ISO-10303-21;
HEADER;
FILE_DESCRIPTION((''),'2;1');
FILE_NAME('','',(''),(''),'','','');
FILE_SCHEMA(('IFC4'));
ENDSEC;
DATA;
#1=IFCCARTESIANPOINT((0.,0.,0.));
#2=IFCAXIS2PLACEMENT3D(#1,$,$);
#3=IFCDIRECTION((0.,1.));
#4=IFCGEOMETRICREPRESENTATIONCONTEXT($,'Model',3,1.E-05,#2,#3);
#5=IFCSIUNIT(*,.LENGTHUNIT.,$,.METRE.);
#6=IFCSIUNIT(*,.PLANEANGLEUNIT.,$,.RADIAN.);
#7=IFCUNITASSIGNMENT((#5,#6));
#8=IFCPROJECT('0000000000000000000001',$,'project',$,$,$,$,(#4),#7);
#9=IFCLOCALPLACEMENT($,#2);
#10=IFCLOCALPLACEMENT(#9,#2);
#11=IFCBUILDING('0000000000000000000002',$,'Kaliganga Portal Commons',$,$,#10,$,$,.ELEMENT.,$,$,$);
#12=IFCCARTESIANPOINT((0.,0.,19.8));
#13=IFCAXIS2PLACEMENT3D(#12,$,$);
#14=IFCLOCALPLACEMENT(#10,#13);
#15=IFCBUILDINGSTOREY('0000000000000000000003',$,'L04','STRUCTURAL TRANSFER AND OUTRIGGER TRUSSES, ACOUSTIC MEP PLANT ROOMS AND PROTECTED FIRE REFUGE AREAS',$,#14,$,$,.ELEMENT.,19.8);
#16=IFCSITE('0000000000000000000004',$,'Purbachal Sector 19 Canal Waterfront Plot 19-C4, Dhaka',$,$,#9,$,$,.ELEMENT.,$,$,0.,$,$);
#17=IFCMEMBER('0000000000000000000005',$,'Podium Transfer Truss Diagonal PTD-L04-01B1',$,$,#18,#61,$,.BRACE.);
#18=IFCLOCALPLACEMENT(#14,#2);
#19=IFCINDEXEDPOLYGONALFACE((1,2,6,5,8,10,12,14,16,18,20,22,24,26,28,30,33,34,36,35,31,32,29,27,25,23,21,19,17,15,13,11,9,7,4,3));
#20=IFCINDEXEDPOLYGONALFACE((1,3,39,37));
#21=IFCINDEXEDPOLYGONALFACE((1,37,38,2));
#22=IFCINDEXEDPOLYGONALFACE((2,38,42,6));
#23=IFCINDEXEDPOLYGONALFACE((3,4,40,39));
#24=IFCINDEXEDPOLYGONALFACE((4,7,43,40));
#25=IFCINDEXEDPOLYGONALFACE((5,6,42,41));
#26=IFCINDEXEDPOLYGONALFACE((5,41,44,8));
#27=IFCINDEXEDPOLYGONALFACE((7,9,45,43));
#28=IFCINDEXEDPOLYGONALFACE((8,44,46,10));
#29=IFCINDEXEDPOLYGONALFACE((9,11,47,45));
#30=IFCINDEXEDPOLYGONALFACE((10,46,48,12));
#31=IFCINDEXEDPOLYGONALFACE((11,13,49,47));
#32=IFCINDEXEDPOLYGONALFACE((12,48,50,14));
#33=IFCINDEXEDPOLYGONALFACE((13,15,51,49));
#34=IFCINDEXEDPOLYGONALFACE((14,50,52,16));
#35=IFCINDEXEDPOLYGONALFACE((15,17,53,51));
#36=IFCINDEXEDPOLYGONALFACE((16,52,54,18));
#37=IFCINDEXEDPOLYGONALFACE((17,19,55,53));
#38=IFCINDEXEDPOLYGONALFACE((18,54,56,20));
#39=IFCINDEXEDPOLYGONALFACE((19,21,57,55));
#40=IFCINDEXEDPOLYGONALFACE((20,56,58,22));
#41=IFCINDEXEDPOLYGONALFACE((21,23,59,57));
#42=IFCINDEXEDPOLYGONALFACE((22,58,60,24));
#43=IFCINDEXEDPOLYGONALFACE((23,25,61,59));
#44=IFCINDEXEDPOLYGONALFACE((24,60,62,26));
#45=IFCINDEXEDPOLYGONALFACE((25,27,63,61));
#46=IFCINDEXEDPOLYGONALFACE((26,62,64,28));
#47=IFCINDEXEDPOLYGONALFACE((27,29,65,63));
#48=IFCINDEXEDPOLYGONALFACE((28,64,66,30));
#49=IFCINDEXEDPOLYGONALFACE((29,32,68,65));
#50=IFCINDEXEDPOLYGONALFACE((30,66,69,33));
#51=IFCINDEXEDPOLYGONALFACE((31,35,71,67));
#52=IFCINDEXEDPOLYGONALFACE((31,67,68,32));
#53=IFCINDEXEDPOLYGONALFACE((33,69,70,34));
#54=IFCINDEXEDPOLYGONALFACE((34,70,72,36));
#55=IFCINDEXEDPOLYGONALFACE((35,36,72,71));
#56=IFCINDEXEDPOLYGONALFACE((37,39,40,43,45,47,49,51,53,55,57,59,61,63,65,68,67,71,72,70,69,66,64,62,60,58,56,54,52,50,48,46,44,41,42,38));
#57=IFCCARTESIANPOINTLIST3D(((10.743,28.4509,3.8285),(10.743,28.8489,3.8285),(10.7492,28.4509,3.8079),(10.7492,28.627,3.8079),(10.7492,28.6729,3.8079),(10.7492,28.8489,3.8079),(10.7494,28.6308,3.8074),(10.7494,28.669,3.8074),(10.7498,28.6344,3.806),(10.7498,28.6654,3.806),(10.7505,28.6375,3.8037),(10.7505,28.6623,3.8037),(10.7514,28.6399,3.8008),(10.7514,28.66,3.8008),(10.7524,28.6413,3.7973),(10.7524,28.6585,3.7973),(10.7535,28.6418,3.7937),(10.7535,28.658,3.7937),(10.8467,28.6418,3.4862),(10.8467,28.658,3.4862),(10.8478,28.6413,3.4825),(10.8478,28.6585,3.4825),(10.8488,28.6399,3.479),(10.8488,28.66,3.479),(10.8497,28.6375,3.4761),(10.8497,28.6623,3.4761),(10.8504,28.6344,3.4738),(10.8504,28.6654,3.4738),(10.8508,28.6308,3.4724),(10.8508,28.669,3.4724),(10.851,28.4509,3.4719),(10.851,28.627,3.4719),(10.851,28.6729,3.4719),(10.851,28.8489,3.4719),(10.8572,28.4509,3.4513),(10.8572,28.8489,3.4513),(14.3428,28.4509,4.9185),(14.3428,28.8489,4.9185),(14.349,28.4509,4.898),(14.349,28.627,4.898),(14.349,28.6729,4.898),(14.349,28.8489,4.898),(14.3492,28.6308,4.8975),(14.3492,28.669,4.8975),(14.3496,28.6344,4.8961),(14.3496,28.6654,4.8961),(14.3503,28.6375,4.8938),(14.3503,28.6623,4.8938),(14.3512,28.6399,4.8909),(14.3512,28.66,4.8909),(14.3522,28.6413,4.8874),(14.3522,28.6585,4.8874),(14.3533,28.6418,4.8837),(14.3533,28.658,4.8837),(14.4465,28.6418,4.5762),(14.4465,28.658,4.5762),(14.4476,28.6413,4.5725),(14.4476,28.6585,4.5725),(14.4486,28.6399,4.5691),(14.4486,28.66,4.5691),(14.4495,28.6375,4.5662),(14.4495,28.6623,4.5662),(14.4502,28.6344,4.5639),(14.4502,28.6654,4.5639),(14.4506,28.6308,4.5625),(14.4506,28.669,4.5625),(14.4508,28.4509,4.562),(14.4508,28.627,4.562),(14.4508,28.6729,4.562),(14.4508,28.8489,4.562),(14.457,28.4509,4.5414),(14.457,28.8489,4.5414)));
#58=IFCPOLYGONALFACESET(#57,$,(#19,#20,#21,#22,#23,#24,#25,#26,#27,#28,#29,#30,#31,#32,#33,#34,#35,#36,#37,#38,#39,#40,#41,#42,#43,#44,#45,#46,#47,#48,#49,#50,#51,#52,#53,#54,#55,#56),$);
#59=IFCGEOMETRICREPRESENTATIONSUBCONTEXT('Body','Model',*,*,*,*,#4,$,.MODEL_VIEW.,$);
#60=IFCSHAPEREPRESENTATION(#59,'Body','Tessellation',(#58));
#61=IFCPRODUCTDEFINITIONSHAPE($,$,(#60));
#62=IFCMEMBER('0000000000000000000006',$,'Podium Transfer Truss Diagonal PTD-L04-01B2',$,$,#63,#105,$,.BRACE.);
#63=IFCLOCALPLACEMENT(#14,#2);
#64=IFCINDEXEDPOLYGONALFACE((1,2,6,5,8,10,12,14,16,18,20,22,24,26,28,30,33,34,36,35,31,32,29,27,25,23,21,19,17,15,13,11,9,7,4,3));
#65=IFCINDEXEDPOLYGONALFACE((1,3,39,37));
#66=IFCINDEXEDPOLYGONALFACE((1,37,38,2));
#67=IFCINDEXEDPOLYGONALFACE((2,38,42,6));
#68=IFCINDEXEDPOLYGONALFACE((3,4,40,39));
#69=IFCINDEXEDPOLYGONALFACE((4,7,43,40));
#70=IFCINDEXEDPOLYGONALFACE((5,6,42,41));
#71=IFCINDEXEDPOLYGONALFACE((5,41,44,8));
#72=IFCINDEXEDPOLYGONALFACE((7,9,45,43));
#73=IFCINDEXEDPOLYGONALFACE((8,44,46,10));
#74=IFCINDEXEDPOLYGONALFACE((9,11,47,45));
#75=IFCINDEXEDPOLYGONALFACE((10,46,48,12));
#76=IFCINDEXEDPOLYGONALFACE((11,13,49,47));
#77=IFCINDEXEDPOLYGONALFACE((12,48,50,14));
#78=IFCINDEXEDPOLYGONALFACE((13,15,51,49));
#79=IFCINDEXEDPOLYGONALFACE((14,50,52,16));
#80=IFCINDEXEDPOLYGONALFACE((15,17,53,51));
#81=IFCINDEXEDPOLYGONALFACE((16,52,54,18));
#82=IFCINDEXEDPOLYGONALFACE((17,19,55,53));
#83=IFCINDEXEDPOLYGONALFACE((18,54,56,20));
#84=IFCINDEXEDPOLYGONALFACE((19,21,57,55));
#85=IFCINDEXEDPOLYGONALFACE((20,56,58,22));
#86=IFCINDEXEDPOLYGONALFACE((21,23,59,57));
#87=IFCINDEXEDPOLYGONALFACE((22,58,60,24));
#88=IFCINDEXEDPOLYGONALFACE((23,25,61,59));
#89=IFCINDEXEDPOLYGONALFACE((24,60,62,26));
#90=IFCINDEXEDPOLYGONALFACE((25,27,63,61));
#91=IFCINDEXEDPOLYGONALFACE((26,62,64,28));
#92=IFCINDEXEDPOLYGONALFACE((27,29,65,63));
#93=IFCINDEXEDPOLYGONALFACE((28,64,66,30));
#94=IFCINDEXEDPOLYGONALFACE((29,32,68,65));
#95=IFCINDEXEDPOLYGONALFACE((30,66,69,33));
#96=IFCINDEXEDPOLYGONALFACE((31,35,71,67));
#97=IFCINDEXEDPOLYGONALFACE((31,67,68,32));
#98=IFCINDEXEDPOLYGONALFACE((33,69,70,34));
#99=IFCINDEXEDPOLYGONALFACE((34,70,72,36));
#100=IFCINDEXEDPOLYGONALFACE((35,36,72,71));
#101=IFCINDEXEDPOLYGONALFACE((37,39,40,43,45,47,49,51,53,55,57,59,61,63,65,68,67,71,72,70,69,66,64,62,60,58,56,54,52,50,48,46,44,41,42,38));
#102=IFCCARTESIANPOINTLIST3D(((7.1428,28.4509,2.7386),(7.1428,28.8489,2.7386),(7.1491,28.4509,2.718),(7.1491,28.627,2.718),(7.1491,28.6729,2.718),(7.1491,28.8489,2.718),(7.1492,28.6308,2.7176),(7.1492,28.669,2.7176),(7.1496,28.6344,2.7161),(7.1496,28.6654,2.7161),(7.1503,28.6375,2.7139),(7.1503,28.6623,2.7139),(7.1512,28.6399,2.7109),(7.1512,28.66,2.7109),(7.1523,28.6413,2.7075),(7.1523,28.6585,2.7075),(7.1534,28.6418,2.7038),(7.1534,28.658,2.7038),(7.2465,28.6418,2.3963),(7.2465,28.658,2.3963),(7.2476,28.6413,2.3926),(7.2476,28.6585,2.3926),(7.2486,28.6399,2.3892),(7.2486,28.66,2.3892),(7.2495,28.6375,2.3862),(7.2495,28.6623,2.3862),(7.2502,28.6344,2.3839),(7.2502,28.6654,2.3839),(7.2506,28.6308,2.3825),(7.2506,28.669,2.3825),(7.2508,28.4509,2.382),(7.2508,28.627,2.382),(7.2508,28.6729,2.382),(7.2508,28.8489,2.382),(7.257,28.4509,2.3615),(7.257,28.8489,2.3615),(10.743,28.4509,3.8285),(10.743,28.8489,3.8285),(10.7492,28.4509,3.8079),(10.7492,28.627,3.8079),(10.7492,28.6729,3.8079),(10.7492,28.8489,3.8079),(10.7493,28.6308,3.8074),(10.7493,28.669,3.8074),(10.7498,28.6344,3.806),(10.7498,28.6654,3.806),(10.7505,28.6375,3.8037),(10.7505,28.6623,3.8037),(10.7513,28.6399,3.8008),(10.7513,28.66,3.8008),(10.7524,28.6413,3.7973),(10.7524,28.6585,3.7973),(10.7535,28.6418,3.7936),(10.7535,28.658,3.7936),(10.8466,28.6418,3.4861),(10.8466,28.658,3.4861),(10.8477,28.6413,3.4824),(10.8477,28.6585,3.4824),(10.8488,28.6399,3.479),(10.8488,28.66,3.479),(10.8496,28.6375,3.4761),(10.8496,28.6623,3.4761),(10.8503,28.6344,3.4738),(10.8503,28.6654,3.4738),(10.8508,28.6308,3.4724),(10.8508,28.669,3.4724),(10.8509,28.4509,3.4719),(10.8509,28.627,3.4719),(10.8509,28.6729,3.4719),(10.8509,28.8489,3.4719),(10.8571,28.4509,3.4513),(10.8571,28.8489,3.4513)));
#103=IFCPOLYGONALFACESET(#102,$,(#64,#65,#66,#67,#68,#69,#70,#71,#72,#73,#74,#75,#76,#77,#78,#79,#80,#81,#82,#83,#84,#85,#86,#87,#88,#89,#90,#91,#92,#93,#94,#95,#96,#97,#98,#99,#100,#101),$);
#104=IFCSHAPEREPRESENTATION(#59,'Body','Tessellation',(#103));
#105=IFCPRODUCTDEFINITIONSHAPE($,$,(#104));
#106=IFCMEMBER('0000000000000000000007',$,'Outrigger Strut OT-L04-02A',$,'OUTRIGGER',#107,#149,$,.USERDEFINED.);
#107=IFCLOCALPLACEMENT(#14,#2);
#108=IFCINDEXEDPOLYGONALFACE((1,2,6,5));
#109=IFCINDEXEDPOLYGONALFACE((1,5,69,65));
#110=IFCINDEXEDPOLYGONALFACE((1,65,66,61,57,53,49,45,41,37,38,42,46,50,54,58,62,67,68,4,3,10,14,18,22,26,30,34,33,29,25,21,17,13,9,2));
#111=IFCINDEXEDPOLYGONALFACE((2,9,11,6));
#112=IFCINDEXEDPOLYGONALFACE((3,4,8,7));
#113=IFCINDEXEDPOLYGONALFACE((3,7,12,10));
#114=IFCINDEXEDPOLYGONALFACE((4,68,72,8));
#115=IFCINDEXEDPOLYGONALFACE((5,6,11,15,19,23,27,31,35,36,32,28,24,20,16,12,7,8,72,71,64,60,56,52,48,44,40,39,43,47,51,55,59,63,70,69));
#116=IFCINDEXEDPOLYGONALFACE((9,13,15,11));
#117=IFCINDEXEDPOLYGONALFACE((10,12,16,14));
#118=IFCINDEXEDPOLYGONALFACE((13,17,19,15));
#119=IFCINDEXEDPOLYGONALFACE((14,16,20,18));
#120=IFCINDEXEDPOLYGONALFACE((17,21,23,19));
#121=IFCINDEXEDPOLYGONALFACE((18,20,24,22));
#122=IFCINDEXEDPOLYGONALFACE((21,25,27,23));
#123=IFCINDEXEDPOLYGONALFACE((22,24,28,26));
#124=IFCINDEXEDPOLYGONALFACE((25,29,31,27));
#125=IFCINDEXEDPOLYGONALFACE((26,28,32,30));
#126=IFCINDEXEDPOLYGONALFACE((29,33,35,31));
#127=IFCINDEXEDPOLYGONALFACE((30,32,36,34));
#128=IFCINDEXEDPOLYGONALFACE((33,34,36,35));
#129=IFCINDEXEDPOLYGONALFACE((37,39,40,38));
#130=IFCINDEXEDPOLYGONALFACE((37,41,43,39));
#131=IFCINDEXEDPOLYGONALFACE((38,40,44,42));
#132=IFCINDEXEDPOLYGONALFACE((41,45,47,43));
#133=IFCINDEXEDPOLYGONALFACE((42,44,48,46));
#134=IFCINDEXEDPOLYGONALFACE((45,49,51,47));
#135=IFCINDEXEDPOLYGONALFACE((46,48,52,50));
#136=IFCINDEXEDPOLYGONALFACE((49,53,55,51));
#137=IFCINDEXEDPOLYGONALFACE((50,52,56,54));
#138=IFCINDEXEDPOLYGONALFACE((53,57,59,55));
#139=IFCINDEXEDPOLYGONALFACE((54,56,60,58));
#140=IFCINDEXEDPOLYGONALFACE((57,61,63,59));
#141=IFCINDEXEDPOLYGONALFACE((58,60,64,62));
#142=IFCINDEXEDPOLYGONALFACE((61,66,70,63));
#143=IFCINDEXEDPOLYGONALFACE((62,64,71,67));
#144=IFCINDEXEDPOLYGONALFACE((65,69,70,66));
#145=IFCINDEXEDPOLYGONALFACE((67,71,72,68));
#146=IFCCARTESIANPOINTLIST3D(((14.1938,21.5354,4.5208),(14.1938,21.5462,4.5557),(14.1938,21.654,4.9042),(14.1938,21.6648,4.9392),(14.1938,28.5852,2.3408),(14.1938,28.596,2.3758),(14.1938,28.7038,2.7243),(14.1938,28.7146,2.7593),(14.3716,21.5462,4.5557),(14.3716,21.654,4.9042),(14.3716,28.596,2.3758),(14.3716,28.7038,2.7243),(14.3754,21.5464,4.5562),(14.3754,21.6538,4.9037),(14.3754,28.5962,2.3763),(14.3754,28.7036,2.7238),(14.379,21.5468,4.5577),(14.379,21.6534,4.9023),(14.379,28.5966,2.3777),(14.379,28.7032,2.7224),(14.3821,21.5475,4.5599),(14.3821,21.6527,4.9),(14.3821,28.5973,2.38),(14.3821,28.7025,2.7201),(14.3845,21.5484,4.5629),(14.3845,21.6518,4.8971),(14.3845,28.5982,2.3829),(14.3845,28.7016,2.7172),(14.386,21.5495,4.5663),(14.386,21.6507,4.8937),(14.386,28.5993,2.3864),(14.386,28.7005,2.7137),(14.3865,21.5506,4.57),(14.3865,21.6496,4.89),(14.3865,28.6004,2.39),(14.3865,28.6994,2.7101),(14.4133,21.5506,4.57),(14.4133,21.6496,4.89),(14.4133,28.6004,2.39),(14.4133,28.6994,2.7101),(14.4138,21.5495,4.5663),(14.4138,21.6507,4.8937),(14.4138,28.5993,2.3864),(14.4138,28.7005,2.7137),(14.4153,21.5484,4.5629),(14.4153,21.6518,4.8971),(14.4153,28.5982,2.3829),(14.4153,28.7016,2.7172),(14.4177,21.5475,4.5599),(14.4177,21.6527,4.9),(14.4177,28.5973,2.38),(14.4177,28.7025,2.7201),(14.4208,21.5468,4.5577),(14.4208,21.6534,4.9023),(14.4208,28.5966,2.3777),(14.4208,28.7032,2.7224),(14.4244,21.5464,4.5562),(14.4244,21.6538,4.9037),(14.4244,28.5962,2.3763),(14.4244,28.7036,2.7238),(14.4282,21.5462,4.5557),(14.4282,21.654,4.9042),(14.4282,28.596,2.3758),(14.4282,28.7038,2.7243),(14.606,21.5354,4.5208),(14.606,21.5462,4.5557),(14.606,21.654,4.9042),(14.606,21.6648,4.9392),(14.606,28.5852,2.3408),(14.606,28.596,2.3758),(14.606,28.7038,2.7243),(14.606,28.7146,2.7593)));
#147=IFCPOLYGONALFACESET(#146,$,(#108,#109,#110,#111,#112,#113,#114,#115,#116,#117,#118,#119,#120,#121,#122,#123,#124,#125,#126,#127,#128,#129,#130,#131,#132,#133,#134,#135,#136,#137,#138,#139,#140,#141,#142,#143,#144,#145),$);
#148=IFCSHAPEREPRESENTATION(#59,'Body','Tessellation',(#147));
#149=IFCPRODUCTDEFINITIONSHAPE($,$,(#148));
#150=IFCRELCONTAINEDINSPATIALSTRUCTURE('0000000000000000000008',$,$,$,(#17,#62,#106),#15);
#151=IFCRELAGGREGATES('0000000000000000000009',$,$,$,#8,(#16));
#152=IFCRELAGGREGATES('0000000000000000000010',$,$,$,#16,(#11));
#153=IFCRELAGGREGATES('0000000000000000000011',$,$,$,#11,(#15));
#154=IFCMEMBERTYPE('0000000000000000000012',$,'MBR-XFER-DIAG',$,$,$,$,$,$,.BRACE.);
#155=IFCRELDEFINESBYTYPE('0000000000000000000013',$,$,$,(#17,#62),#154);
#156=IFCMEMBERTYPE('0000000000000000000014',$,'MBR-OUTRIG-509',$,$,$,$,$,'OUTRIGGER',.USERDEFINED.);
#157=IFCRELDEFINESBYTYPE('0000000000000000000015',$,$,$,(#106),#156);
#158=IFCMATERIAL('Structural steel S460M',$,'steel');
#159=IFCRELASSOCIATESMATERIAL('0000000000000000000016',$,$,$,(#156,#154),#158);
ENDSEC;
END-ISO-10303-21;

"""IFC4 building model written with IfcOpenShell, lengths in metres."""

from ifc_helpers import new_model, si_unit, direction, frame, origin, origin_2d, place, context, subcontext, project, spatial, i_section, extrude, source, transform, mapped, material, material_profile, profile_set, type_object, element, save


model = new_model("IFC4")

# Units and contexts
model_context = context("Model", 3, precision=1e-05, world=origin(), true_north=direction((0.0, 1.0)))
body_context = subcontext(model_context, "Body", "Model", "MODEL_VIEW")
ifc_project = project(units=[si_unit("LENGTHUNIT", "METRE"), si_unit("PLANEANGLEUNIT", "RADIAN")], contexts=[model_context])

# Site, building, storey
site_placement = place(None, origin())
site = spatial("IfcSite", under=ifc_project, at=site_placement, Name="Purbachal Sector 19 Canal Waterfront Plot 19-C4, Dhaka", CompositionType="ELEMENT", RefElevation=0.0)
building_placement = place(site_placement, origin())
building = spatial("IfcBuilding", under=site, at=building_placement, Name="Kaliganga Portal Commons", CompositionType="ELEMENT")
storey_placement = place(building_placement, frame((0.0, 0.0, 19.8)))
storey = spatial("IfcBuildingStorey", under=building, at=storey_placement, Name="L04", Description="STRUCTURAL TRANSFER AND OUTRIGGER TRUSSES, ACOUSTIC MEP PLANT ROOMS AND PROTECTED FIRE REFUGE AREAS", CompositionType="ELEMENT", Elevation=19.8)

# Members
ifc_material_1 = material(Name="Structural steel S460M", Category="steel")
ifc_material_profile_1 = material_profile(ifc_material_1, i_section(OverallWidth=0.4121, OverallDepth=0.438, WebThickness=0.0269, FlangeThickness=0.0366, FilletRadius=0.0149, at=origin_2d()), Name="HD 400x463")
ifc_profile_set_1 = profile_set([ifc_material_profile_1], Name="Structural steel S460M wide-flange")
member_type_1 = type_object("IfcMemberType", Name="MBR-OUTRIG-509", ElementType="OUTRIGGER", PredefinedType="USERDEFINED", material=ifc_profile_set_1)
ifc_material_profile_2 = material_profile(ifc_material_1, i_section(OverallWidth=0.3979, OverallDepth=0.394, WebThickness=0.0161, FlangeThickness=0.0215, FilletRadius=0.0149, at=origin_2d()), Name="HD 400x262")
ifc_profile_set_2 = profile_set([ifc_material_profile_2], Name="Structural steel S460M wide-flange")
member_type_2 = type_object("IfcMemberType", Name="MBR-XFER-DIAG", PredefinedType="BRACE", material=ifc_profile_set_2)
shared_shape_1 = source(origin(), body_context, "Body", "SweptSolid", [
    extrude(i_section(OverallWidth=0.3979, OverallDepth=0.394, WebThickness=0.0161, FlangeThickness=0.0215, FilletRadius=0.0149, at=origin_2d()), origin(), (0.0, 0.0, 1.0), 3.7612),
])
member_1_placement = place(storey_placement, frame((14.3999, 28.6499, 4.73), z_axis=(-0.957082, 0.0, -0.289818), x_axis=(0.0, -1.0, 0.0)))
element("IfcMember", 1, at=member_1_placement, inside=storey, type_object=member_type_2, Name="Podium Transfer Truss Diagonal PTD-L04-01B1", PredefinedType="BRACE", context=body_context, shape_type="MappedRepresentation", body=[
    mapped(shared_shape_1, transform((0.0, 0.0, 0.0), x_axis=(1.0, 0.0, 0.0), y_axis=(0.0, 1.0, 0.0), z_axis=(0.0, 0.0, 1.0), scale=1.0)),
])
shared_shape_2 = source(origin(), body_context, "Body", "SweptSolid", [
    extrude(i_section(OverallWidth=0.3979, OverallDepth=0.394, WebThickness=0.0161, FlangeThickness=0.0215, FilletRadius=0.0149, at=origin_2d()), origin(), (0.0, 0.0, 1.0), 3.7615),
])
member_2_placement = place(storey_placement, frame((10.8, 28.6499, 3.6399), z_axis=(-0.957105, 0.0, -0.289741), x_axis=(0.0, -1.0, 0.0)))
element("IfcMember", 2, at=member_2_placement, inside=storey, type_object=member_type_2, Name="Podium Transfer Truss Diagonal PTD-L04-01B2", PredefinedType="BRACE", context=body_context, shape_type="MappedRepresentation", body=[
    mapped(shared_shape_2, transform((0.0, 0.0, 0.0), x_axis=(1.0, 0.0, 0.0), y_axis=(0.0, 1.0, 0.0), z_axis=(0.0, 0.0, 1.0), scale=1.0)),
])
shared_shape_3 = source(origin(), body_context, "Body", "SweptSolid", [
    extrude(i_section(OverallWidth=0.4121, OverallDepth=0.438, WebThickness=0.0269, FlangeThickness=0.0366, FilletRadius=0.0149, at=origin_2d()), origin(), (0.0, 0.0, 1.0), 7.3792),
])
member_3_placement = place(storey_placement, frame((14.3999, 28.6499, 2.55), z_axis=(0.0, -0.955368, 0.295418), x_axis=(1.0, 0.0, 0.0)))
element("IfcMember", 3, at=member_3_placement, inside=storey, type_object=member_type_1, Name="Outrigger Strut OT-L04-02A", ObjectType="OUTRIGGER", PredefinedType="USERDEFINED", context=body_context, shape_type="MappedRepresentation", body=[
    mapped(shared_shape_3, transform((0.0, 0.0, 0.0), x_axis=(1.0, 0.0, 0.0), y_axis=(0.0, 1.0, 0.0), z_axis=(0.0, 0.0, 1.0), scale=1.0)),
])

save(model, "model.ifc")
